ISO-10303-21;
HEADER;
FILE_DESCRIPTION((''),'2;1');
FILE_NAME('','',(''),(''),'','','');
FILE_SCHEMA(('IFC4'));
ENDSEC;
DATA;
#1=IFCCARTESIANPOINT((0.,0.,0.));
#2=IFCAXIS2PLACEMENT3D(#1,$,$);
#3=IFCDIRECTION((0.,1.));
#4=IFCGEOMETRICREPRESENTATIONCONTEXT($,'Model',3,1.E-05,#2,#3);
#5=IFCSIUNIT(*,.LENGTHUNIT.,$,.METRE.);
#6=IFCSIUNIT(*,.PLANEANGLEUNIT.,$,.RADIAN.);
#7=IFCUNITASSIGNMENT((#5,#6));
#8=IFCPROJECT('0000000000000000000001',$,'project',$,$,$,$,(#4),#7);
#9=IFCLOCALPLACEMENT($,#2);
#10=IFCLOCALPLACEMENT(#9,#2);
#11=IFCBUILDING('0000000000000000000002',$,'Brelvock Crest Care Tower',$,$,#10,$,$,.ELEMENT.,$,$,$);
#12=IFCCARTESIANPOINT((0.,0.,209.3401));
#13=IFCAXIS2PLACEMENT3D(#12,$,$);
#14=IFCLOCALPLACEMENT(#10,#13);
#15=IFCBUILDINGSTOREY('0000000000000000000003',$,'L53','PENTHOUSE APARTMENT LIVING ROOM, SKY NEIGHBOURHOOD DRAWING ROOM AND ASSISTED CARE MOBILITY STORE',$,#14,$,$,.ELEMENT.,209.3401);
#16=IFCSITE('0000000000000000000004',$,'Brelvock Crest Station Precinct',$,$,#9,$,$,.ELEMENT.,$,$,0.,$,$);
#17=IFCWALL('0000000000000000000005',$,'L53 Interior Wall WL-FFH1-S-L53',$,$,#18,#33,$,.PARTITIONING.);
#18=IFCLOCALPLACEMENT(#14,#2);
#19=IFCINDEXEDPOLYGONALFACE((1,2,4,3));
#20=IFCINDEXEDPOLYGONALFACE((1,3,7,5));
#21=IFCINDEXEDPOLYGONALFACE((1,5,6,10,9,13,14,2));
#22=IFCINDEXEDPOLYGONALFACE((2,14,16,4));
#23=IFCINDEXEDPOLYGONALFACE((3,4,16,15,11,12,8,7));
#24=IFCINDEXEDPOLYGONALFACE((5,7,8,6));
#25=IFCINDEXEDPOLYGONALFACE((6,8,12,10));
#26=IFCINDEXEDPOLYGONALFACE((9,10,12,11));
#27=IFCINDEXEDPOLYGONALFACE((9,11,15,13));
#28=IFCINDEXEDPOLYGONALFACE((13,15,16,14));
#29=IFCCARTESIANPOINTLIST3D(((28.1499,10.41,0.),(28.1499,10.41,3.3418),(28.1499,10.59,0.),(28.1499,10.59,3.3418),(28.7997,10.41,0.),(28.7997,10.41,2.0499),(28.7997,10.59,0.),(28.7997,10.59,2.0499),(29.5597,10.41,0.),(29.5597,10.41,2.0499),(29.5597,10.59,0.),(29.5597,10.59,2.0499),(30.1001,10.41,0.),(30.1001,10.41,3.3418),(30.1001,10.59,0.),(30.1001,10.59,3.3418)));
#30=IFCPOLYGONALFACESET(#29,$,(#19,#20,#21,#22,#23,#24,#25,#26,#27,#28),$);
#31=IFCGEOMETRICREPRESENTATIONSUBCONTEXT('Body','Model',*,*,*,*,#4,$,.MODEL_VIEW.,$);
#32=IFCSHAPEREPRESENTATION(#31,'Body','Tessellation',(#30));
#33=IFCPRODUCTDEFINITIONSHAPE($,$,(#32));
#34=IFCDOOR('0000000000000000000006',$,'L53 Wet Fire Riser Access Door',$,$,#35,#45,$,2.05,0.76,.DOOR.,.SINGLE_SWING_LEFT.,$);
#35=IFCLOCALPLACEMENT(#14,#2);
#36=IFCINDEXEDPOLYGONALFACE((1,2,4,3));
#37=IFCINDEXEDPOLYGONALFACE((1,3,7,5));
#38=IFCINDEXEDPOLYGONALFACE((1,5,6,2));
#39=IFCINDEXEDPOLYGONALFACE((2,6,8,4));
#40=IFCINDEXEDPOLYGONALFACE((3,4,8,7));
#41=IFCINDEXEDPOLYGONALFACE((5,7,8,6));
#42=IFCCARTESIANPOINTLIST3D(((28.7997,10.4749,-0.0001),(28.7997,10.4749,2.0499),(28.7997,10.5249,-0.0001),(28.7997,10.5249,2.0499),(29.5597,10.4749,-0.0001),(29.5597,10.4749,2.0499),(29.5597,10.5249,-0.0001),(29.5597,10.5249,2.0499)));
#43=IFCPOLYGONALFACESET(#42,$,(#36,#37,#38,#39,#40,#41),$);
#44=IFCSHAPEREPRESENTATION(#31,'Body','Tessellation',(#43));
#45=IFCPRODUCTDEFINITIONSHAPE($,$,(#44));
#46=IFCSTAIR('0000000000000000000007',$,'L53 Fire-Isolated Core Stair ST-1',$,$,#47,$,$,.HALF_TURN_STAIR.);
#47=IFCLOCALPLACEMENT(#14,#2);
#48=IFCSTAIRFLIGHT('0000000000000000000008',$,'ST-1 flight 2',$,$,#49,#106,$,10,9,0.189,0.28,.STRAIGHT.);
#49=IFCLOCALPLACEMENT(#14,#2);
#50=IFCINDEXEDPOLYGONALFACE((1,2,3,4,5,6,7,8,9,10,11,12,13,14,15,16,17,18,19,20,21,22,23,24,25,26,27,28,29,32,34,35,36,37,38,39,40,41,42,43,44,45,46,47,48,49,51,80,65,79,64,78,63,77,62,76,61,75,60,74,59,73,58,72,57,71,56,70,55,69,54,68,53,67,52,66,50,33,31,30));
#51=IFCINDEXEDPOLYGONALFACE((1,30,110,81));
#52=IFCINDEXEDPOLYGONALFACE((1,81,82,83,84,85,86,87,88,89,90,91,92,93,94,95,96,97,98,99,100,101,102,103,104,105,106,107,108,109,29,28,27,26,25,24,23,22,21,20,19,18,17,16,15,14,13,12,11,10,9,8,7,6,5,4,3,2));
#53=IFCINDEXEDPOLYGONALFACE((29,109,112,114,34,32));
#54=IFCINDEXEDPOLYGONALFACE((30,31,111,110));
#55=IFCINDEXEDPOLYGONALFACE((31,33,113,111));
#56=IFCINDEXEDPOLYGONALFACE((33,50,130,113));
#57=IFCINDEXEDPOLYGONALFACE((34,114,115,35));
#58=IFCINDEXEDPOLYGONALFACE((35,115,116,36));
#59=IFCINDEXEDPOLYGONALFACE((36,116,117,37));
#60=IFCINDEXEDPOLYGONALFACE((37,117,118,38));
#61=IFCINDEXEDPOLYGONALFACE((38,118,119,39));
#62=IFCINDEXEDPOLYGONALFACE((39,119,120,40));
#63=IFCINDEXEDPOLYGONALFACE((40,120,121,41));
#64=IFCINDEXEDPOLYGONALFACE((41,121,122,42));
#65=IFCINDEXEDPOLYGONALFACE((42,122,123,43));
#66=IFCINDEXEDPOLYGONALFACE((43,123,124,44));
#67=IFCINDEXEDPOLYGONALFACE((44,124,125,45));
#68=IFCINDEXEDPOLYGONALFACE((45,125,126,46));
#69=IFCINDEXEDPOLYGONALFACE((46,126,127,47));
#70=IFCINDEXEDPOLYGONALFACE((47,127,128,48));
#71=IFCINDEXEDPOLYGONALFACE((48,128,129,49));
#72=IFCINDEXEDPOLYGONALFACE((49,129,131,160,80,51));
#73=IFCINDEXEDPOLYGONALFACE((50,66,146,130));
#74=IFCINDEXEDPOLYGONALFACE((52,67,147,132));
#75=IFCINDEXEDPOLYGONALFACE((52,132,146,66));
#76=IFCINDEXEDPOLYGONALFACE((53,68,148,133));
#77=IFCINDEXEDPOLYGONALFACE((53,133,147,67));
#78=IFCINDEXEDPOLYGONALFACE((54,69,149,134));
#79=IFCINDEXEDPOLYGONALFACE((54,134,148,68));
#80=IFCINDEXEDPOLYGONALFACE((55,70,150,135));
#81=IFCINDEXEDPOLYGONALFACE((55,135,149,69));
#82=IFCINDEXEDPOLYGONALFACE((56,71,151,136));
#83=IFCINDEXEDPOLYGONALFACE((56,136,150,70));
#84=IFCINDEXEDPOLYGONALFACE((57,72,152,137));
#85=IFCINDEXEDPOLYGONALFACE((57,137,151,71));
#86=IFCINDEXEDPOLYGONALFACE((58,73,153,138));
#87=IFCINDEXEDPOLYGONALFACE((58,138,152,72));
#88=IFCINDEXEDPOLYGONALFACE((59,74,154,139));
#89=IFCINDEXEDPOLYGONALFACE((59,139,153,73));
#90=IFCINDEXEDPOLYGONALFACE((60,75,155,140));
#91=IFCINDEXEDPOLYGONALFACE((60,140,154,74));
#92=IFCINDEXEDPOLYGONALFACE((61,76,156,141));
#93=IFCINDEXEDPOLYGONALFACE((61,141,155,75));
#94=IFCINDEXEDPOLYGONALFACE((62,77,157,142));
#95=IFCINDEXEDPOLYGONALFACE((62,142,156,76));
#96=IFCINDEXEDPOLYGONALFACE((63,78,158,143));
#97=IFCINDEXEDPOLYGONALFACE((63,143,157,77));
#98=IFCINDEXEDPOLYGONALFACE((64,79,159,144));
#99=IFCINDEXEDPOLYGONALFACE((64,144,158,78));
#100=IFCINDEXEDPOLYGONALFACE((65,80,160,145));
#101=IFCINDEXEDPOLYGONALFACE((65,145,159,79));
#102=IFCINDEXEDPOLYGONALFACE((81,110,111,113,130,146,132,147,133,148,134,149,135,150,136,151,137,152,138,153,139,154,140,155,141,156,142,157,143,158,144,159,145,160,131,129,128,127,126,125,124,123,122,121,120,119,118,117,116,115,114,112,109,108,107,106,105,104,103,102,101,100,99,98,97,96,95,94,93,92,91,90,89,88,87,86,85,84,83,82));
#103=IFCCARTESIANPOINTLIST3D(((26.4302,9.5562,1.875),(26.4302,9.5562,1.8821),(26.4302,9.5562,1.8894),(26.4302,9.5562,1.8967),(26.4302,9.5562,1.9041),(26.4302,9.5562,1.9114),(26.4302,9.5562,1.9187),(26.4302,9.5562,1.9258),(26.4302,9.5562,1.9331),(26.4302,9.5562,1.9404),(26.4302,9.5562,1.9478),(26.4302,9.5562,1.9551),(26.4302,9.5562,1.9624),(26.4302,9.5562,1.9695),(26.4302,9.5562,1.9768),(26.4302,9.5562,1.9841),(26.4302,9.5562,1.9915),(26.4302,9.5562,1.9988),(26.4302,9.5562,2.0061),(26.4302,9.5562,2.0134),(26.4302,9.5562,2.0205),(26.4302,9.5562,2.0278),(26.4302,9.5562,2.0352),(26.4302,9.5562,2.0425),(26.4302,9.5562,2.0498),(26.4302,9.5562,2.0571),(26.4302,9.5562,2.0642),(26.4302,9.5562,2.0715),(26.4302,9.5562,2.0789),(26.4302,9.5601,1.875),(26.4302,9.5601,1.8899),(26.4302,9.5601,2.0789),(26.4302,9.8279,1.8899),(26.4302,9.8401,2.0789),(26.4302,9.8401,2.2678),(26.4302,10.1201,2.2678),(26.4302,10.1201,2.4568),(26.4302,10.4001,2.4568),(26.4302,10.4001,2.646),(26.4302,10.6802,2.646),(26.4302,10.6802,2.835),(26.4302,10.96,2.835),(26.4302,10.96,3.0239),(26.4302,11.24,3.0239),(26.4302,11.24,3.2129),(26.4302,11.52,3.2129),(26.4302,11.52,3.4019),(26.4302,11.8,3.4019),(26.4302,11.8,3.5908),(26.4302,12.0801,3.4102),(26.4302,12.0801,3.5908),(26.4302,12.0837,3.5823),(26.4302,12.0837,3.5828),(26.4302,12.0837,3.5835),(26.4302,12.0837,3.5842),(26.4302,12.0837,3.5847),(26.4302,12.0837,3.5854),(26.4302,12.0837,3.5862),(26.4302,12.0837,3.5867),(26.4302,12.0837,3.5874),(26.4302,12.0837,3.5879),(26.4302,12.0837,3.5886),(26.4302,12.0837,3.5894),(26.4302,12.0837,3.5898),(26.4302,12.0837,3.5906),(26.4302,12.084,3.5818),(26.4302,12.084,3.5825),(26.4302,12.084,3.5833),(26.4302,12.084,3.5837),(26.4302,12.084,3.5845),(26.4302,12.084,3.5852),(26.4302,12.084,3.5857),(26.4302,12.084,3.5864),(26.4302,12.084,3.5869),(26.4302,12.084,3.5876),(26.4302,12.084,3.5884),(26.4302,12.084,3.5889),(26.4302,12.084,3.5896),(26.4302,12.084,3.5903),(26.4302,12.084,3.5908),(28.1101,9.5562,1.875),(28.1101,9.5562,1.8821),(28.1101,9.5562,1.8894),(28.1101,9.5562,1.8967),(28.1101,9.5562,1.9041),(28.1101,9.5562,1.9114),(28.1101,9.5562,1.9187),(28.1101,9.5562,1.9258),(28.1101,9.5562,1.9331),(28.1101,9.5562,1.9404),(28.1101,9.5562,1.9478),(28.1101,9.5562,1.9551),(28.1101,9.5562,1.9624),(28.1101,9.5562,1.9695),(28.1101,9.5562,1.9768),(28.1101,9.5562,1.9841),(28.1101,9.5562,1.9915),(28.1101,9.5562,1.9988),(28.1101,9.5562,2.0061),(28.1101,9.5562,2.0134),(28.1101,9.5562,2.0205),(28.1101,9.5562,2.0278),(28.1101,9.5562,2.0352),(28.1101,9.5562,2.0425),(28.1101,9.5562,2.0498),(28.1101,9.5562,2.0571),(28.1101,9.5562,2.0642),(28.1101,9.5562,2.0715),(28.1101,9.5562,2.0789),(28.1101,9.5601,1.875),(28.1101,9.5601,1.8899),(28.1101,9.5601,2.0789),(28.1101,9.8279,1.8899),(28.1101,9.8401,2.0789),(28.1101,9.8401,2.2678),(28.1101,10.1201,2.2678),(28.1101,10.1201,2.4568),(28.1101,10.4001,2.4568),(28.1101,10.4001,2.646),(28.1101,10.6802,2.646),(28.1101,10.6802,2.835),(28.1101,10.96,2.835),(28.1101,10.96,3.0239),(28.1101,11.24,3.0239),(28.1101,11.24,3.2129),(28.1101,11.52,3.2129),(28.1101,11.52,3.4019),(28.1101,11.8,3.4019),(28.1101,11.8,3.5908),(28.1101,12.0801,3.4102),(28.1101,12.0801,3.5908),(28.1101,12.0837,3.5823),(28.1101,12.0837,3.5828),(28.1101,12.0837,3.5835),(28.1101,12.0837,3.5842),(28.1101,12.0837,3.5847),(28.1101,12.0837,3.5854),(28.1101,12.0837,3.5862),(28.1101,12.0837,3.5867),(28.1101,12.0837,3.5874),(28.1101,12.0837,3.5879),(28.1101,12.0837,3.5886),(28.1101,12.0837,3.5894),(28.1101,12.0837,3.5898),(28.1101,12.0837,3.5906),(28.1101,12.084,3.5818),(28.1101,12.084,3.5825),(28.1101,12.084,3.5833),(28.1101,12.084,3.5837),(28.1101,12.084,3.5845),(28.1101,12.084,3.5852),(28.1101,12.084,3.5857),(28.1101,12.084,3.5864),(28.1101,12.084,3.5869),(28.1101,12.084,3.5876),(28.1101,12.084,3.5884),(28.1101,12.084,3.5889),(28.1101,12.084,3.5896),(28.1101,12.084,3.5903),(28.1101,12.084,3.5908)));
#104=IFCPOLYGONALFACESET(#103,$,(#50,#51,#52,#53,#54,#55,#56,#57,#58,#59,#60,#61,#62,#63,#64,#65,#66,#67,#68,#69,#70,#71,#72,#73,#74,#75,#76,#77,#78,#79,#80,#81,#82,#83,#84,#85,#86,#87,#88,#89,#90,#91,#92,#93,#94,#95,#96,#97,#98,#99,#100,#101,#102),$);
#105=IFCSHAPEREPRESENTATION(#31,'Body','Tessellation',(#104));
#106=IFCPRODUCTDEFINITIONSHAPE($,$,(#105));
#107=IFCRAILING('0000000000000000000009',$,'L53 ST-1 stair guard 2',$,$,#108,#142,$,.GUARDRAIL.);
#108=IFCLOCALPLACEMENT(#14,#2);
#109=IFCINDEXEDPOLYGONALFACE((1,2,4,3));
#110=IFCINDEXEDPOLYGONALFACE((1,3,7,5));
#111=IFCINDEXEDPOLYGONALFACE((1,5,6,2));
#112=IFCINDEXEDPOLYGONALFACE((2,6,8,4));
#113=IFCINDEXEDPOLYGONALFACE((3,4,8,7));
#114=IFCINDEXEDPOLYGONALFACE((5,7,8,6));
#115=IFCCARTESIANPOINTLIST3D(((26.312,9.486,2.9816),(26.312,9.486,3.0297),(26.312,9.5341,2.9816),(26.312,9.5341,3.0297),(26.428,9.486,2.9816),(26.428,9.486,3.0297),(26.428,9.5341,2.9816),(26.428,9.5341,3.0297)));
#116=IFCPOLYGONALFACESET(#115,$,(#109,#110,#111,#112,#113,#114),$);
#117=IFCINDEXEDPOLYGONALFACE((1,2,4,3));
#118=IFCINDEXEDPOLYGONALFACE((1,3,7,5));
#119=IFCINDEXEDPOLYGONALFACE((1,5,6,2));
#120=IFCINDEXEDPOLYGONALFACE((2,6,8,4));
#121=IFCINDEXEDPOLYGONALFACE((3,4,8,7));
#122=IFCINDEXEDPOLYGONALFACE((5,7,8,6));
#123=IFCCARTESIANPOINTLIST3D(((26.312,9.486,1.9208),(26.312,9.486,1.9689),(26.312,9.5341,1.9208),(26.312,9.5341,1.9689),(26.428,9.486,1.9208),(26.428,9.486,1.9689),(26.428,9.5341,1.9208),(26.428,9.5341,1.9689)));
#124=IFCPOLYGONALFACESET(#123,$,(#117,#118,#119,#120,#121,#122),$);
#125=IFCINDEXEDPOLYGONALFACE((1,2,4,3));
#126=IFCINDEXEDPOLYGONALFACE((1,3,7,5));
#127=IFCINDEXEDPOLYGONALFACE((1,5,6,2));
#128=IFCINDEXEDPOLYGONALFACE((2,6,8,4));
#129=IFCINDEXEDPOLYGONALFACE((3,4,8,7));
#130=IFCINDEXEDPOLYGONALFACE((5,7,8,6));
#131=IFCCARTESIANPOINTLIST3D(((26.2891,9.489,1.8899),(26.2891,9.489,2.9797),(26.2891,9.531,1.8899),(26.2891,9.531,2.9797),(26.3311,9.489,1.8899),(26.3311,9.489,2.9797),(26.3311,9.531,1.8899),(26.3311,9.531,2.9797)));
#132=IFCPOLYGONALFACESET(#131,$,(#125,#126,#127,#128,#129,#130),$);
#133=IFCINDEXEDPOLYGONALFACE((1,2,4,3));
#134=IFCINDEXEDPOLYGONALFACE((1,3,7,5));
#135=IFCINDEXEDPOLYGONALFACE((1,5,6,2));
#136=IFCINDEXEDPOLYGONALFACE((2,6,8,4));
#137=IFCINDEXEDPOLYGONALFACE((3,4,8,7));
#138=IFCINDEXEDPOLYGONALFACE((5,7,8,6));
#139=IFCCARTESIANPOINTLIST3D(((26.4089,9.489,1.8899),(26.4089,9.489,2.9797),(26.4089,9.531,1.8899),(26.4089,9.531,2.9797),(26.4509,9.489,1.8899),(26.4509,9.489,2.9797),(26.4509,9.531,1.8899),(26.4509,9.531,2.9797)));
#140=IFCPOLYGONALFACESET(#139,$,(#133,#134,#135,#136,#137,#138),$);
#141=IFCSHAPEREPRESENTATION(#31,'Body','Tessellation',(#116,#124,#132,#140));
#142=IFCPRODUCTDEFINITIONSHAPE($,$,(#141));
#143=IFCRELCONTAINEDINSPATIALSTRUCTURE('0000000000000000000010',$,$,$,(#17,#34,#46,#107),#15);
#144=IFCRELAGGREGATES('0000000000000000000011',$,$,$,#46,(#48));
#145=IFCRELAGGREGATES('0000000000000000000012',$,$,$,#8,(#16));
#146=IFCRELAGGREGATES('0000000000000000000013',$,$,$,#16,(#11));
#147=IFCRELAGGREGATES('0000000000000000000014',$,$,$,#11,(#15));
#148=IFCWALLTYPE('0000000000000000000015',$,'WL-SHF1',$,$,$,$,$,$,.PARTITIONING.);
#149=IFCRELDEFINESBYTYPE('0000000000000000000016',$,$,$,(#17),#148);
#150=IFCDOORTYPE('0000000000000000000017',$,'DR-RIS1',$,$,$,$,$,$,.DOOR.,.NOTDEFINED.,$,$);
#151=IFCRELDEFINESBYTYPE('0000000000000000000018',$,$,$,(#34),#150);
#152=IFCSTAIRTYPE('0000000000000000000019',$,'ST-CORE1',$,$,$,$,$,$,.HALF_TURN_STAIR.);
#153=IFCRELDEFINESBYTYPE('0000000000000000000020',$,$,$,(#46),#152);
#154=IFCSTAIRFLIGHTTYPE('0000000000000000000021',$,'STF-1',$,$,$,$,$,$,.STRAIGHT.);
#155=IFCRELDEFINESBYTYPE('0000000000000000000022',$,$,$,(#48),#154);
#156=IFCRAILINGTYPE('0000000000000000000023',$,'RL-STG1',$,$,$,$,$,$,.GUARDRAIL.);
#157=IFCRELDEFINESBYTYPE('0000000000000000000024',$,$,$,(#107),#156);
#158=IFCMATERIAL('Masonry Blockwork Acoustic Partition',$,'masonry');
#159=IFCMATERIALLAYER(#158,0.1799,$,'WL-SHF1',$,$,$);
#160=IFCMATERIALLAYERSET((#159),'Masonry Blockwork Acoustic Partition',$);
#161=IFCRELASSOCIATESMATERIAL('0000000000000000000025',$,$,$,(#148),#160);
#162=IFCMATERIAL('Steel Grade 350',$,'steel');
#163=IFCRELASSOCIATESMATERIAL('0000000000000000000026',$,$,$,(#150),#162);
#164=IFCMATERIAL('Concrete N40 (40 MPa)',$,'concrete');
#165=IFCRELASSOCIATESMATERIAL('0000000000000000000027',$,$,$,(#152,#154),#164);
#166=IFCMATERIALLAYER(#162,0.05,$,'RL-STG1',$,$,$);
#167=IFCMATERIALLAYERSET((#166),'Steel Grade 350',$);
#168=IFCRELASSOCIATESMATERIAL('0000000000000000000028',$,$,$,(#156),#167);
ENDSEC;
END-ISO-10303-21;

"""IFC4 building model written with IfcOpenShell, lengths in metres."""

from ifc_helpers import new_model, si_unit, direction, frame, frame_2d, origin, origin_2d, place, context, subcontext, project, spatial, polyline, rectangle, outline, extrude, source, transform, mapped, material, layer, layer_set, type_object, element, fill, aggregate, save


model = new_model("IFC4")

# Units and contexts
model_context = context("Model", 3, precision=1e-05, world=origin(), true_north=direction((0.0, 1.0)))
body_context = subcontext(model_context, "Body", "Model", "MODEL_VIEW")
ifc_project = project(units=[si_unit("LENGTHUNIT", "METRE"), si_unit("PLANEANGLEUNIT", "RADIAN")], contexts=[model_context])

# Site, building, storey
site_placement = place(None, origin())
site = spatial("IfcSite", under=ifc_project, at=site_placement, Name="Brelvock Crest Station Precinct", CompositionType="ELEMENT", RefElevation=0.0)
building_placement = place(site_placement, origin())
building = spatial("IfcBuilding", under=site, at=building_placement, Name="Brelvock Crest Care Tower", CompositionType="ELEMENT")
storey_placement = place(building_placement, frame((0.0, 0.0, 209.3401)))
storey = spatial("IfcBuildingStorey", under=building, at=storey_placement, Name="L53", Description="PENTHOUSE APARTMENT LIVING ROOM, SKY NEIGHBOURHOOD DRAWING ROOM AND ASSISTED CARE MOBILITY STORE", CompositionType="ELEMENT", Elevation=209.3401)

# Shared definitions
ifc_material_1 = material(Name="Steel Grade 350", Category="steel")

# Shared definitions
ifc_material_2 = material(Name="Masonry Blockwork Acoustic Partition", Category="masonry")

# Wall, opening, door
ifc_layer_1 = layer(ifc_material_2, 0.1799, Name="WL-SHF1")
ifc_layer_set_1 = layer_set([ifc_layer_1], Name="Masonry Blockwork Acoustic Partition")
wall_type_1 = type_object("IfcWallType", Name="WL-SHF1", PredefinedType="PARTITIONING", material=ifc_layer_set_1)
wall_1_placement = place(storey_placement, frame((28.1499, 10.5, 0.0), z_axis=(0.0, 0.0, 1.0), x_axis=(1.0, 0.0, 0.0)))
wall_1 = element("IfcWall", 1, at=wall_1_placement, inside=storey, type_object=wall_type_1, Name="L53 Interior Wall WL-FFH1-S-L53", PredefinedType="PARTITIONING", context=body_context, shape_type="SweptSolid", body=[
    extrude(rectangle(XDim=1.9502, YDim=0.1799, at=frame_2d((0.9751, 0.0))), origin(), (0.0, 0.0, 1.0), 3.3418),
])
opening_1_placement = place(wall_1_placement, frame((0.6499, 0.0, 0.0)))
opening_1 = element("IfcOpeningElement", 2, at=opening_1_placement, cuts=wall_1, PredefinedType="OPENING", context=body_context, shape_type="SweptSolid", body=[
    extrude(rectangle(XDim=0.76, YDim=2.05, at=origin_2d()), frame((0.3799, 0.1001, 1.0249), z_axis=(0.0, -1.0, 0.0), x_axis=(1.0, 0.0, 0.0)), (0.0, 0.0, 1.0), 0.2),
])
door_type_1 = type_object("IfcDoorType", Name="DR-RIS1", OperationType="NOTDEFINED", PredefinedType="DOOR", material=ifc_material_1)
shared_shape_1 = source(origin(), body_context, "Body", "SweptSolid", [
    extrude(rectangle(XDim=0.76, YDim=2.05, at=origin_2d()), frame((0.3799, 0.0249, 1.0249), z_axis=(0.0, -1.0, 0.0), x_axis=(1.0, 0.0, 0.0)), (0.0, 0.0, 1.0), 0.05),
])
door_1_placement = place(opening_1_placement, origin())
door_1 = element("IfcDoor", 3, at=door_1_placement, inside=storey, type_object=door_type_1, Name="L53 Wet Fire Riser Access Door", OperationType="SINGLE_SWING_LEFT", OverallHeight=2.05, OverallWidth=0.76, PredefinedType="DOOR", context=body_context, shape_type="MappedRepresentation", body=[
    mapped(shared_shape_1, transform((0.0, 0.0, 0.0), x_axis=(1.0, 0.0, 0.0), y_axis=(0.0, 1.0, 0.0), z_axis=(0.0, 0.0, 1.0), scale=1.0)),
])
fill(opening_1, door_1)

# Stair, stair flight
ifc_material_3 = material(Name="Concrete N40 (40 MPa)", Category="concrete")
stair_type = type_object("IfcStairType", Name="ST-CORE1", PredefinedType="HALF_TURN_STAIR", material=ifc_material_3)
stair_placement = place(storey_placement, origin())
stair = element("IfcStair", 4, at=stair_placement, inside=storey, type_object=stair_type, Name="L53 Fire-Isolated Core Stair ST-1", PredefinedType="HALF_TURN_STAIR")
stair_flight_type = type_object("IfcStairFlightType", Name="STF-1", PredefinedType="STRAIGHT", material=ifc_material_3)
stair_flight_placement = place(storey_placement, frame((27.27, 9.5601, 1.8899), z_axis=(0.0, 0.0, 1.0), x_axis=(0.0, 1.0, 0.0)))
stair_flight = element("IfcStairFlight", 5, at=stair_flight_placement, type_object=stair_flight_type, Name="ST-1 flight 2", NumberOfRisers=10, NumberOfTreads=9, PredefinedType="STRAIGHT", RiserHeight=0.189, TreadLength=0.28, context=body_context, shape_type="SweptSolid", body=[
    extrude(outline(polyline([(-0.0039, -0.0149), (-0.0039, -0.0078), (-0.0039, -0.0005), (-0.0039, 0.0068), (-0.0039, 0.0142), (-0.0039, 0.0215), (-0.0039, 0.0288), (-0.0039, 0.0359), (-0.0039, 0.0432), (-0.0039, 0.0505), (-0.0039, 0.0579), (-0.0039, 0.0652), (-0.0039, 0.0725), (-0.0039, 0.0796), (-0.0039, 0.0869), (-0.0039, 0.0942), (-0.0039, 0.1016), (-0.0039, 0.1089), (-0.0039, 0.1162), (-0.0039, 0.1235), (-0.0039, 0.1306), (-0.0039, 0.1379), (-0.0039, 0.1453), (-0.0039, 0.1526), (-0.0039, 0.1599), (-0.0039, 0.1672), (-0.0039, 0.1743), (-0.0039, 0.1816), (-0.0039, 0.189), (0.0, 0.189), (0.28, 0.189), (0.28, 0.3779), (0.5601, 0.3779), (0.5601, 0.5669), (0.8401, 0.5669), (0.8401, 0.7561), (1.1201, 0.7561), (1.1201, 0.9451), (1.3999, 0.9451), (1.3999, 1.134), (1.6799, 1.134), (1.6799, 1.323), (1.96, 1.323), (1.96, 1.512), (2.24, 1.512), (2.24, 1.7009), (2.52, 1.7009), (2.5239, 1.7009), (2.5237, 1.7007), (2.5239, 1.7004), (2.5237, 1.7), (2.5239, 1.6997), (2.5237, 1.6995), (2.5239, 1.699), (2.5237, 1.6987), (2.5239, 1.6985), (2.5237, 1.698), (2.5239, 1.6978), (2.5237, 1.6975), (2.5239, 1.697), (2.5237, 1.6968), (2.5239, 1.6965), (2.5237, 1.6963), (2.5239, 1.6958), (2.5237, 1.6956), (2.5239, 1.6953), (2.5237, 1.6948), (2.5239, 1.6946), (2.5237, 1.6943), (2.5239, 1.6938), (2.5237, 1.6936), (2.5239, 1.6934), (2.5237, 1.6929), (2.5239, 1.6926), (2.5237, 1.6924), (2.5239, 1.6919), (2.52, 1.5203), (0.2678, 0.0), (0.0, 0.0), (0.0, -0.0149), (-0.0039, -0.0149)])), frame((0.0, 0.8398, 0.0), z_axis=(0.0, -1.0, 0.0), x_axis=(1.0, 0.0, 0.0)), (0.0, 0.0, 1.0), 1.6799),
])
aggregate(stair, [stair_flight])

# Railing
ifc_layer_2 = layer(ifc_material_1, 0.05, Name="RL-STG1")
ifc_layer_set_2 = layer_set([ifc_layer_2], Name="Steel Grade 350")
railing_type_1 = type_object("IfcRailingType", Name="RL-STG1", PredefinedType="GUARDRAIL", material=ifc_layer_set_2)
railing_1_placement = place(storey_placement, frame((26.3101, 9.51, 1.8899)))
element("IfcRailing", 6, at=railing_1_placement, inside=storey, type_object=railing_type_1, Name="L53 ST-1 stair guard 2", PredefinedType="GUARDRAIL", context=body_context, shape_type="SweptSolid", body=[
    extrude(rectangle(XDim=0.0481, YDim=0.0481, at=origin_2d()), frame((0.002, 0.0, 1.1157), z_axis=(1.0, 0.0, 0.0), x_axis=(0.0, 1.0, 0.0)), (0.0, 0.0, 1.0), 0.116),
    extrude(rectangle(XDim=0.0481, YDim=0.0481, at=origin_2d()), frame((0.002, 0.0, 0.0549), z_axis=(1.0, 0.0, 0.0), x_axis=(0.0, 1.0, 0.0)), (0.0, 0.0, 1.0), 0.116),
    extrude(rectangle(XDim=0.042, YDim=0.042, at=origin_2d()), origin(), (0.0, 0.0, 1.0), 1.0898),
    extrude(rectangle(XDim=0.042, YDim=0.042, at=origin_2d()), frame((0.1199, 0.0, 0.0)), (0.0, 0.0, 1.0), 1.0898),
])

save(model, "model.ifc")
